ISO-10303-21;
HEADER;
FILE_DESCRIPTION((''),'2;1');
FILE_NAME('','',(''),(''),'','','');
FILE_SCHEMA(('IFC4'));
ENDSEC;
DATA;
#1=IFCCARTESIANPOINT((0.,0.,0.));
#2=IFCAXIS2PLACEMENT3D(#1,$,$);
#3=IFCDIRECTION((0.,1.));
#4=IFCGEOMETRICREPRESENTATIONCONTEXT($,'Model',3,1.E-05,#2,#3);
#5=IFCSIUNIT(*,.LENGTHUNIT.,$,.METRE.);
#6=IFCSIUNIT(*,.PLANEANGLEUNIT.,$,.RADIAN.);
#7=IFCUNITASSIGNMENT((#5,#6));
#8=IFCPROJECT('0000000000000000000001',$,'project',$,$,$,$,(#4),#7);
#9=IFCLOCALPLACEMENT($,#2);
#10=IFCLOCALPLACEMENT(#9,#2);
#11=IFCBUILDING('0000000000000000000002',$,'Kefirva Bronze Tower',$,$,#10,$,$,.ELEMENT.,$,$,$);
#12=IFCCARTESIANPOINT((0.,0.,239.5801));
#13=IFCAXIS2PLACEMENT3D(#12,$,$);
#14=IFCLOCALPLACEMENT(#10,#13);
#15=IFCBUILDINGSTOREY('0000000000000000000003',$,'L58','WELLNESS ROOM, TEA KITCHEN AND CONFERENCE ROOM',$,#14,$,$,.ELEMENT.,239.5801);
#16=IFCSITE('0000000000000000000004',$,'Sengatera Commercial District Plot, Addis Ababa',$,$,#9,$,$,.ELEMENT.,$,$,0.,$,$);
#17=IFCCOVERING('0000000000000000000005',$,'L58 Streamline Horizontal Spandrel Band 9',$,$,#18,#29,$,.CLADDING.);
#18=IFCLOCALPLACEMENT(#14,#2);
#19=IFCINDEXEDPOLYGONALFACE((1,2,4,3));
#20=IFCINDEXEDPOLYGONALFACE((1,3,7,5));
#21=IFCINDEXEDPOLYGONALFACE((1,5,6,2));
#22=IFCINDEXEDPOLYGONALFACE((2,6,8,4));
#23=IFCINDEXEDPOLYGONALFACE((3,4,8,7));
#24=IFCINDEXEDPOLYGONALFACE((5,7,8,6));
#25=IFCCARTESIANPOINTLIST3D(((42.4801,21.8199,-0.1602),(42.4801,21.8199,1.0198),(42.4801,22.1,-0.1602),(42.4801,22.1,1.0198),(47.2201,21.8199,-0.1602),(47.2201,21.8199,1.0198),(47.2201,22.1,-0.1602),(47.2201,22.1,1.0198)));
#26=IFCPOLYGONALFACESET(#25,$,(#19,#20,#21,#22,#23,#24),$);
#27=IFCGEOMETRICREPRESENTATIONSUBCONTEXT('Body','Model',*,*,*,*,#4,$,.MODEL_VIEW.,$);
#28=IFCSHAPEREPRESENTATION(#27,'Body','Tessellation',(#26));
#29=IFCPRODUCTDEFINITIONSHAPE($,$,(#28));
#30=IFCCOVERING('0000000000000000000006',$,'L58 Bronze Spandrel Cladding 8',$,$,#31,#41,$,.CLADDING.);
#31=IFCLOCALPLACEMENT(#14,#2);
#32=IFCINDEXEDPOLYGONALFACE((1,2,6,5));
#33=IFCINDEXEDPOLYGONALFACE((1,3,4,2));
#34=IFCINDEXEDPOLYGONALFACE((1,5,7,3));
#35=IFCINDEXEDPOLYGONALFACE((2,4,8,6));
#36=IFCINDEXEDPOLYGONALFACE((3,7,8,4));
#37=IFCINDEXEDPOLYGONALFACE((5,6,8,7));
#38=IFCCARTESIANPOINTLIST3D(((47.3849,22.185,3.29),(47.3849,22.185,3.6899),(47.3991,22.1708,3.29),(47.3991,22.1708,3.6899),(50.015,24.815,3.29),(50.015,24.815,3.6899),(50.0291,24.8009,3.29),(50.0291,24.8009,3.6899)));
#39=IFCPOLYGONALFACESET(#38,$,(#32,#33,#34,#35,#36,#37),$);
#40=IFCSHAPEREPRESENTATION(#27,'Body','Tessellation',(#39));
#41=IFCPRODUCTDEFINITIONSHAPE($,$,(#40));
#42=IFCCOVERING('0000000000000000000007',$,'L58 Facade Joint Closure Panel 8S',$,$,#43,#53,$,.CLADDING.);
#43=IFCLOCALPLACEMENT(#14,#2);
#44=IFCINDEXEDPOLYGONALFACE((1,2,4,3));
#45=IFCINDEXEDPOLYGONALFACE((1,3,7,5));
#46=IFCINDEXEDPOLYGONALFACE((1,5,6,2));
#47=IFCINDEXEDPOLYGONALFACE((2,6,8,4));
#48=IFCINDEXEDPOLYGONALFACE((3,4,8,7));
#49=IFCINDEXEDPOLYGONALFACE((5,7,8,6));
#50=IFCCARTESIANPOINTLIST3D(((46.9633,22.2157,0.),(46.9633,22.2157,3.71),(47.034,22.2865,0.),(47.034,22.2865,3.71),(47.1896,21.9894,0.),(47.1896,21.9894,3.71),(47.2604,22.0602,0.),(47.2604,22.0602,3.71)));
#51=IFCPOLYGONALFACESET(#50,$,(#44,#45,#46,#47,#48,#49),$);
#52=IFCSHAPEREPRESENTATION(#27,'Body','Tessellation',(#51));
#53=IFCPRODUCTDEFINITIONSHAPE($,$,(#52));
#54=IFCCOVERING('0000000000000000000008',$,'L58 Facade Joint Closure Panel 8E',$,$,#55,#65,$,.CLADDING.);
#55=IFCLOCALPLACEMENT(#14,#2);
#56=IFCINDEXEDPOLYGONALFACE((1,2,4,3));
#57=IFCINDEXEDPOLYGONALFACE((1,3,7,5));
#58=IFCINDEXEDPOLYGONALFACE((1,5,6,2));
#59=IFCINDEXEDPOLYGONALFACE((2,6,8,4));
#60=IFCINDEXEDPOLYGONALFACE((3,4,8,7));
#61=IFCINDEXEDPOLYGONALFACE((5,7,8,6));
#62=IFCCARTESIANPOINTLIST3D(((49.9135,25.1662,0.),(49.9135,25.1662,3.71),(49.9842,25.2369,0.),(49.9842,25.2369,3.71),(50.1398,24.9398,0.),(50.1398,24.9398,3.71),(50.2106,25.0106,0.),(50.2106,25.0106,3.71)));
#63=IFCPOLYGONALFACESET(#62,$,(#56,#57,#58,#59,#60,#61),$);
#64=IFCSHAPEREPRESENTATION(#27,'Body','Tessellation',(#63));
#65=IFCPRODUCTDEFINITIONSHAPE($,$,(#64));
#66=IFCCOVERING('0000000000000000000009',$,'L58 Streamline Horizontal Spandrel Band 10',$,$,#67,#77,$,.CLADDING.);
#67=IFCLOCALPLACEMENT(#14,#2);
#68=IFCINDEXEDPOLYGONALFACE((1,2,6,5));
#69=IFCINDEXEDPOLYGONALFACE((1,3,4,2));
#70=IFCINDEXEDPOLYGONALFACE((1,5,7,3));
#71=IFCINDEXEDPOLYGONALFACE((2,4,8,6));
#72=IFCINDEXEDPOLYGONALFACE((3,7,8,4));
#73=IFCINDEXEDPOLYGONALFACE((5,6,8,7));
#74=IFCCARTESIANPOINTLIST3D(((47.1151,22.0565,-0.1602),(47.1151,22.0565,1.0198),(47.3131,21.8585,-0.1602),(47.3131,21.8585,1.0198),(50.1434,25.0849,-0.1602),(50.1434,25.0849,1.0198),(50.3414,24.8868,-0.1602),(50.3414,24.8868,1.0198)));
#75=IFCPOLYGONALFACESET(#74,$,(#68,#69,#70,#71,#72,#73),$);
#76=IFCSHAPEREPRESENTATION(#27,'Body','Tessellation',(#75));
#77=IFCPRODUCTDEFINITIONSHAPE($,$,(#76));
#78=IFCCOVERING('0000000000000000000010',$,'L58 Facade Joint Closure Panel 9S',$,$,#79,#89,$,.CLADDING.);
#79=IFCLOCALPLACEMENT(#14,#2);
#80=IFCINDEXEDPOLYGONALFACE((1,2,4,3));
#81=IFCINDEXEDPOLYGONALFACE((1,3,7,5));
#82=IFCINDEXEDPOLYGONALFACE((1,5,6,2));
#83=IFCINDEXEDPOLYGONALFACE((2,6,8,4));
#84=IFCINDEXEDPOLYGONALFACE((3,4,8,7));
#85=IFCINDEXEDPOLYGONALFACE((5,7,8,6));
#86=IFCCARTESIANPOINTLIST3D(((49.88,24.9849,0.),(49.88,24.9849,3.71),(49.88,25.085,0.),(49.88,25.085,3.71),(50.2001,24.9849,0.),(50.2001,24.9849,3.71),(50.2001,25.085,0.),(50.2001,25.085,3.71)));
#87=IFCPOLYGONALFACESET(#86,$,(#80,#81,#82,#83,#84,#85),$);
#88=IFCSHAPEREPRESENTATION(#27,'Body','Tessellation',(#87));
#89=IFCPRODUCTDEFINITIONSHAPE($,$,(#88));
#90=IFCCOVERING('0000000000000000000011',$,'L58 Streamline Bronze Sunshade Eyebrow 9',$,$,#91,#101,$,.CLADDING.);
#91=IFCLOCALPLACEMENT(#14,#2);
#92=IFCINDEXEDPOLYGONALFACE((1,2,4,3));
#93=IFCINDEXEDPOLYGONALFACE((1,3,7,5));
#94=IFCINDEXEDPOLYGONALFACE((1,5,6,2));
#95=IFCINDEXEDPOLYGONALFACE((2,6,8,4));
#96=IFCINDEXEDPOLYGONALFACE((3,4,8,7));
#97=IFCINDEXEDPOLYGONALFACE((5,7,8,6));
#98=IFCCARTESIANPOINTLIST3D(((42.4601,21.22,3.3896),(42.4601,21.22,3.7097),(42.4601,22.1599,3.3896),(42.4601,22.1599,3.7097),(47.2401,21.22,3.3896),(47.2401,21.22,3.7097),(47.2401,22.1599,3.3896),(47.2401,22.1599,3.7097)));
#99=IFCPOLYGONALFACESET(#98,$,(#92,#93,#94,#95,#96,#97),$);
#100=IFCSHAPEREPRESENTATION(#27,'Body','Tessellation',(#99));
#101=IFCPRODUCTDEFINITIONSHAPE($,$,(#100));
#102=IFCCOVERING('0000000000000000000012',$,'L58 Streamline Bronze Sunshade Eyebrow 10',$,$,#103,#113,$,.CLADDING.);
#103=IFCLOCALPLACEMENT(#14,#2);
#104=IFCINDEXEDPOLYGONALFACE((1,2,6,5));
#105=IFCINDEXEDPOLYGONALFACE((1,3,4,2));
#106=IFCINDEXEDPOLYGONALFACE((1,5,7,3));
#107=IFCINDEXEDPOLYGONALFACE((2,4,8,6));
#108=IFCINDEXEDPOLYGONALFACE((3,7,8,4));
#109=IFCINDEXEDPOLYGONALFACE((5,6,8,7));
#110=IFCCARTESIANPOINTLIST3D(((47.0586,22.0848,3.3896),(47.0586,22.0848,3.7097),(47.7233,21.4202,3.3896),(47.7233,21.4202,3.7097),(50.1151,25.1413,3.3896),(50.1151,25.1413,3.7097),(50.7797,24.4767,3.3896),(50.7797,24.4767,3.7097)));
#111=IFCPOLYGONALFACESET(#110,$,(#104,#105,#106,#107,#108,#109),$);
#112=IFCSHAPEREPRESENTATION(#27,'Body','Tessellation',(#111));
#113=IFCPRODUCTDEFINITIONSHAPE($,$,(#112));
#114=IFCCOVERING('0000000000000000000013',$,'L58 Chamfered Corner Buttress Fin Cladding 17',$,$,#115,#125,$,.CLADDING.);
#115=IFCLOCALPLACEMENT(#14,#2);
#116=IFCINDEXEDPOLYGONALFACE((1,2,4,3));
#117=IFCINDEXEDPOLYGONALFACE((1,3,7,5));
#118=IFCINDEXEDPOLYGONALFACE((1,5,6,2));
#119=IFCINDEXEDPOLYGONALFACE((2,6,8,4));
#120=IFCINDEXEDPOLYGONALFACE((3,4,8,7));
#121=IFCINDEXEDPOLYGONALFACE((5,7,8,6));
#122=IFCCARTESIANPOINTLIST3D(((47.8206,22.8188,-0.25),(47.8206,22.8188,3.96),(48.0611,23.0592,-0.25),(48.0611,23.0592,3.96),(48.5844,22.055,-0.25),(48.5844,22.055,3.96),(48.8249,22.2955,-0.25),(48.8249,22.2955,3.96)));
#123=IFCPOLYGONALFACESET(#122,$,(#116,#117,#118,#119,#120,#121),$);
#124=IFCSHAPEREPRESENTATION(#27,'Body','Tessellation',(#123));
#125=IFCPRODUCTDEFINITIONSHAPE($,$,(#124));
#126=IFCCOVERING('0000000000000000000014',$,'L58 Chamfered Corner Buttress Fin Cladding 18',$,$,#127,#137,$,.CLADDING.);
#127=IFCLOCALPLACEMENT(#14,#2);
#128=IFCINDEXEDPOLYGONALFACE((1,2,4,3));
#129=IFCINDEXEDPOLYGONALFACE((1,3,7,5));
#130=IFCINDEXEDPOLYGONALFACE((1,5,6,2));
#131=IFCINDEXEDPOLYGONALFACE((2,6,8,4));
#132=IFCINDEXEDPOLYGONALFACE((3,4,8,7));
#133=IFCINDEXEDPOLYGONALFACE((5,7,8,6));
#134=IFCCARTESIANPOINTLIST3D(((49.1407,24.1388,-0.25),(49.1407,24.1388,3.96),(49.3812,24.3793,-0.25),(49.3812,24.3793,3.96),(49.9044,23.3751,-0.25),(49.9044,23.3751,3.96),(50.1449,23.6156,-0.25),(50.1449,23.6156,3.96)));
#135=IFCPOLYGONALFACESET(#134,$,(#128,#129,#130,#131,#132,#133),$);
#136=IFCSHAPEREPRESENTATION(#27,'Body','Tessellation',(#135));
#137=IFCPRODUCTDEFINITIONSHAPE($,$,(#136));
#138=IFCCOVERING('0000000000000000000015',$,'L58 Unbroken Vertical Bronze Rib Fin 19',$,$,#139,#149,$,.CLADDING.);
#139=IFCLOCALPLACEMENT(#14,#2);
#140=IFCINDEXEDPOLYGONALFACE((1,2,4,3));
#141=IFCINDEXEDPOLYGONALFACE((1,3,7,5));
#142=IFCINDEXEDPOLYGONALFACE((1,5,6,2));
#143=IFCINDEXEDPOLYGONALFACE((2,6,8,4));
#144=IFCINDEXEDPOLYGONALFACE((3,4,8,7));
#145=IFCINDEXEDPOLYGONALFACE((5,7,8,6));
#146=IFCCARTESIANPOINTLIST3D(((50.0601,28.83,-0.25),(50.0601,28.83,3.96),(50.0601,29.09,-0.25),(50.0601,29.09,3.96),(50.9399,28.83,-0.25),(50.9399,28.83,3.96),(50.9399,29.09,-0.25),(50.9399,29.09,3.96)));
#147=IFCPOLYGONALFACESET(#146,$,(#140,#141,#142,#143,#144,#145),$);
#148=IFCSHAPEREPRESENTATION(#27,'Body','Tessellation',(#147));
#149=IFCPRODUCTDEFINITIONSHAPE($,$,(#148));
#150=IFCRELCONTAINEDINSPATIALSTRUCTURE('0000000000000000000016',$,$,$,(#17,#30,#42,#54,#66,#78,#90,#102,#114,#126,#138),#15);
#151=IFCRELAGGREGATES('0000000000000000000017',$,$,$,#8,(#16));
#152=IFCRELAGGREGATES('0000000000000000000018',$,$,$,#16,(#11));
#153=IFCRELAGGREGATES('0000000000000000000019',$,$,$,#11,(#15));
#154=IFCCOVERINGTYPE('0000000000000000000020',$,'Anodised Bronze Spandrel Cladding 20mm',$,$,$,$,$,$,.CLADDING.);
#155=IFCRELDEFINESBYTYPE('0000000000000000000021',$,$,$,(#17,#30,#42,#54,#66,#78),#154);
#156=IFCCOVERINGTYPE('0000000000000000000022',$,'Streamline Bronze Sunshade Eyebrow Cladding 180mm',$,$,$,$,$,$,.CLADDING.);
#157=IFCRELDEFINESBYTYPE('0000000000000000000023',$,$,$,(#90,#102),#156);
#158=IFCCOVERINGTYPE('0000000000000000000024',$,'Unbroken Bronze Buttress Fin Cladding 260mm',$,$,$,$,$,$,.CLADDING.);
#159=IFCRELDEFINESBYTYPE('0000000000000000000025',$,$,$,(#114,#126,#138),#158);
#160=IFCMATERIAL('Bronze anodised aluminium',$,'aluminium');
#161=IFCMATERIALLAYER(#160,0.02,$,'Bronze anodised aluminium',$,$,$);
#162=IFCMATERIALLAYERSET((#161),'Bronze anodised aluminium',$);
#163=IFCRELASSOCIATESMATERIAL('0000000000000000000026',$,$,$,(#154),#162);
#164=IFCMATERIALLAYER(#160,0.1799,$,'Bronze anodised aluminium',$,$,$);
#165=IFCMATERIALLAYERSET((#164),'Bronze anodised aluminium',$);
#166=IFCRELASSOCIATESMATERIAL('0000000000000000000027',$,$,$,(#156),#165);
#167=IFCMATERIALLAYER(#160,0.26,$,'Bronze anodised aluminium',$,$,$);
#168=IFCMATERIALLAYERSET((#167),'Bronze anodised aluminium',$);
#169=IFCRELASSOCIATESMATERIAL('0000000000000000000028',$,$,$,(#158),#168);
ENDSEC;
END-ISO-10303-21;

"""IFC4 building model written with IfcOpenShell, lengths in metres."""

from ifc_helpers import new_model, si_unit, direction, frame, origin, origin_2d, place, context, subcontext, project, spatial, rectangle, extrude, material, layer, layer_set, type_object, element, save


model = new_model("IFC4")

# Units and contexts
model_context = context("Model", 3, precision=1e-05, world=origin(), true_north=direction((0.0, 1.0)))
body_context = subcontext(model_context, "Body", "Model", "MODEL_VIEW")
ifc_project = project(units=[si_unit("LENGTHUNIT", "METRE"), si_unit("PLANEANGLEUNIT", "RADIAN")], contexts=[model_context])

# Site, building, storey
site_placement = place(None, origin())
site = spatial("IfcSite", under=ifc_project, at=site_placement, Name="Sengatera Commercial District Plot, Addis Ababa", CompositionType="ELEMENT", RefElevation=0.0)
building_placement = place(site_placement, origin())
building = spatial("IfcBuilding", under=site, at=building_placement, Name="Kefirva Bronze Tower", CompositionType="ELEMENT")
storey_placement = place(building_placement, frame((0.0, 0.0, 239.5801)))
storey = spatial("IfcBuildingStorey", under=building, at=storey_placement, Name="L58", Description="WELLNESS ROOM, TEA KITCHEN AND CONFERENCE ROOM", CompositionType="ELEMENT", Elevation=239.5801)

# Coverings
ifc_material_1 = material(Name="Bronze anodised aluminium", Category="aluminium")
ifc_layer_1 = layer(ifc_material_1, 0.02, Name="Bronze anodised aluminium")
ifc_layer_set_1 = layer_set([ifc_layer_1], Name="Bronze anodised aluminium")
covering_type_1 = type_object("IfcCoveringType", Name="Anodised Bronze Spandrel Cladding 20mm", PredefinedType="CLADDING", material=ifc_layer_set_1)
covering_1_placement = place(storey_placement, frame((44.8501, 21.96, -0.1602), z_axis=(0.0, 0.0, 1.0), x_axis=(1.0, 0.0, 0.0)))
element("IfcCovering", 1, at=covering_1_placement, inside=storey, type_object=covering_type_1, Name="L58 Streamline Horizontal Spandrel Band 9", PredefinedType="CLADDING", context=body_context, shape_type="SweptSolid", body=[
    extrude(rectangle(XDim=4.74, YDim=0.28, at=origin_2d()), origin(), (0.0, 0.0, 1.0), 1.1799),
])
covering_2_placement = place(storey_placement, frame((48.707, 23.4929, 3.29), z_axis=(0.0, 0.0, 1.0), x_axis=(0.707107, 0.707107, 0.0)))
element("IfcCovering", 2, at=covering_2_placement, inside=storey, type_object=covering_type_1, Name="L58 Bronze Spandrel Cladding 8", PredefinedType="CLADDING", context=body_context, shape_type="SweptSolid", body=[
    extrude(rectangle(XDim=3.7195, YDim=0.02, at=origin_2d()), origin(), (0.0, 0.0, 1.0), 0.3999),
])
for number, where, z_axis, x_axis, name in (
    (3, (47.1118, 22.1379, 0.0), (0.0, 0.0, 1.0), (0.707107, 0.707107, 0.0), "L58 Facade Joint Closure Panel 8S"),
    (4, (50.062, 25.0884, 0.0), (0.0, 0.0, 1.0), (0.707107, 0.707107, 0.0), "L58 Facade Joint Closure Panel 8E"),
):
    element("IfcCovering", number, at=place(storey_placement, frame(where, z_axis=z_axis, x_axis=x_axis)), inside=storey, type_object=covering_type_1, Name=name, PredefinedType="CLADDING", context=body_context, shape_type="SweptSolid", body=[
        extrude(rectangle(XDim=0.1001, YDim=0.3201, at=origin_2d()), origin(), (0.0, 0.0, 1.0), 3.71),
    ])
covering_3_placement = place(storey_placement, frame((48.7283, 23.4717, -0.1602), z_axis=(0.0, 0.0, 1.0), x_axis=(0.707107, 0.707107, 0.0)))
element("IfcCovering", 5, at=covering_3_placement, inside=storey, type_object=covering_type_1, Name="L58 Streamline Horizontal Spandrel Band 10", PredefinedType="CLADDING", context=body_context, shape_type="SweptSolid", body=[
    extrude(rectangle(XDim=4.2827, YDim=0.28, at=origin_2d()), origin(), (0.0, 0.0, 1.0), 1.1799),
])
covering_4_placement = place(storey_placement, frame((50.04, 25.0349, 0.0), z_axis=(0.0, 0.0, 1.0), x_axis=(0.0, 1.0, 0.0)))
element("IfcCovering", 6, at=covering_4_placement, inside=storey, type_object=covering_type_1, Name="L58 Facade Joint Closure Panel 9S", PredefinedType="CLADDING", context=body_context, shape_type="SweptSolid", body=[
    extrude(rectangle(XDim=0.1001, YDim=0.3201, at=origin_2d()), origin(), (0.0, 0.0, 1.0), 3.71),
])
ifc_layer_2 = layer(ifc_material_1, 0.1799, Name="Bronze anodised aluminium")
ifc_layer_set_2 = layer_set([ifc_layer_2], Name="Bronze anodised aluminium")
covering_type_2 = type_object("IfcCoveringType", Name="Streamline Bronze Sunshade Eyebrow Cladding 180mm", PredefinedType="CLADDING", material=ifc_layer_set_2)
covering_5_placement = place(storey_placement, frame((44.8501, 21.6899, 3.3896), z_axis=(0.0, 0.0, 1.0), x_axis=(1.0, 0.0, 0.0)))
element("IfcCovering", 7, at=covering_5_placement, inside=storey, type_object=covering_type_2, Name="L58 Streamline Bronze Sunshade Eyebrow 9", PredefinedType="CLADDING", context=body_context, shape_type="SweptSolid", body=[
    extrude(rectangle(XDim=4.78, YDim=0.9399, at=origin_2d()), origin(), (0.0, 0.0, 1.0), 0.3201),
])
covering_6_placement = place(storey_placement, frame((48.9192, 23.2808, 3.3896), z_axis=(0.0, 0.0, 1.0), x_axis=(0.707107, 0.707107, 0.0)))
element("IfcCovering", 8, at=covering_6_placement, inside=storey, type_object=covering_type_2, Name="L58 Streamline Bronze Sunshade Eyebrow 10", PredefinedType="CLADDING", context=body_context, shape_type="SweptSolid", body=[
    extrude(rectangle(XDim=4.3225, YDim=0.9399, at=origin_2d()), origin(), (0.0, 0.0, 1.0), 0.3201),
])
ifc_layer_3 = layer(ifc_material_1, 0.26, Name="Bronze anodised aluminium")
ifc_layer_set_3 = layer_set([ifc_layer_3], Name="Bronze anodised aluminium")
covering_type_3 = type_object("IfcCoveringType", Name="Unbroken Bronze Buttress Fin Cladding 260mm", PredefinedType="CLADDING", material=ifc_layer_set_3)
for number, where, z_axis, x_axis, name in (
    (9, (48.3228, 22.5571, -0.25), (0.0, 0.0, 1.0), (0.707107, 0.707107, 0.0), "L58 Chamfered Corner Buttress Fin Cladding 17"),
    (10, (49.6428, 23.8772, -0.25), (0.0, 0.0, 1.0), (0.707107, 0.707107, 0.0), "L58 Chamfered Corner Buttress Fin Cladding 18"),
):
    element("IfcCovering", number, at=place(storey_placement, frame(where, z_axis=z_axis, x_axis=x_axis)), inside=storey, type_object=covering_type_3, Name=name, PredefinedType="CLADDING", context=body_context, shape_type="SweptSolid", body=[
        extrude(rectangle(XDim=0.3401, YDim=1.0801, at=origin_2d()), origin(), (0.0, 0.0, 1.0), 4.21),
    ])
covering_7_placement = place(storey_placement, frame((50.5, 28.96, -0.25), z_axis=(0.0, 0.0, 1.0), x_axis=(0.0, 1.0, 0.0)))
element("IfcCovering", 11, at=covering_7_placement, inside=storey, type_object=covering_type_3, Name="L58 Unbroken Vertical Bronze Rib Fin 19", PredefinedType="CLADDING", context=body_context, shape_type="SweptSolid", body=[
    extrude(rectangle(XDim=0.26, YDim=0.8799, at=origin_2d()), origin(), (0.0, 0.0, 1.0), 4.21),
])

save(model, "model.ifc")
